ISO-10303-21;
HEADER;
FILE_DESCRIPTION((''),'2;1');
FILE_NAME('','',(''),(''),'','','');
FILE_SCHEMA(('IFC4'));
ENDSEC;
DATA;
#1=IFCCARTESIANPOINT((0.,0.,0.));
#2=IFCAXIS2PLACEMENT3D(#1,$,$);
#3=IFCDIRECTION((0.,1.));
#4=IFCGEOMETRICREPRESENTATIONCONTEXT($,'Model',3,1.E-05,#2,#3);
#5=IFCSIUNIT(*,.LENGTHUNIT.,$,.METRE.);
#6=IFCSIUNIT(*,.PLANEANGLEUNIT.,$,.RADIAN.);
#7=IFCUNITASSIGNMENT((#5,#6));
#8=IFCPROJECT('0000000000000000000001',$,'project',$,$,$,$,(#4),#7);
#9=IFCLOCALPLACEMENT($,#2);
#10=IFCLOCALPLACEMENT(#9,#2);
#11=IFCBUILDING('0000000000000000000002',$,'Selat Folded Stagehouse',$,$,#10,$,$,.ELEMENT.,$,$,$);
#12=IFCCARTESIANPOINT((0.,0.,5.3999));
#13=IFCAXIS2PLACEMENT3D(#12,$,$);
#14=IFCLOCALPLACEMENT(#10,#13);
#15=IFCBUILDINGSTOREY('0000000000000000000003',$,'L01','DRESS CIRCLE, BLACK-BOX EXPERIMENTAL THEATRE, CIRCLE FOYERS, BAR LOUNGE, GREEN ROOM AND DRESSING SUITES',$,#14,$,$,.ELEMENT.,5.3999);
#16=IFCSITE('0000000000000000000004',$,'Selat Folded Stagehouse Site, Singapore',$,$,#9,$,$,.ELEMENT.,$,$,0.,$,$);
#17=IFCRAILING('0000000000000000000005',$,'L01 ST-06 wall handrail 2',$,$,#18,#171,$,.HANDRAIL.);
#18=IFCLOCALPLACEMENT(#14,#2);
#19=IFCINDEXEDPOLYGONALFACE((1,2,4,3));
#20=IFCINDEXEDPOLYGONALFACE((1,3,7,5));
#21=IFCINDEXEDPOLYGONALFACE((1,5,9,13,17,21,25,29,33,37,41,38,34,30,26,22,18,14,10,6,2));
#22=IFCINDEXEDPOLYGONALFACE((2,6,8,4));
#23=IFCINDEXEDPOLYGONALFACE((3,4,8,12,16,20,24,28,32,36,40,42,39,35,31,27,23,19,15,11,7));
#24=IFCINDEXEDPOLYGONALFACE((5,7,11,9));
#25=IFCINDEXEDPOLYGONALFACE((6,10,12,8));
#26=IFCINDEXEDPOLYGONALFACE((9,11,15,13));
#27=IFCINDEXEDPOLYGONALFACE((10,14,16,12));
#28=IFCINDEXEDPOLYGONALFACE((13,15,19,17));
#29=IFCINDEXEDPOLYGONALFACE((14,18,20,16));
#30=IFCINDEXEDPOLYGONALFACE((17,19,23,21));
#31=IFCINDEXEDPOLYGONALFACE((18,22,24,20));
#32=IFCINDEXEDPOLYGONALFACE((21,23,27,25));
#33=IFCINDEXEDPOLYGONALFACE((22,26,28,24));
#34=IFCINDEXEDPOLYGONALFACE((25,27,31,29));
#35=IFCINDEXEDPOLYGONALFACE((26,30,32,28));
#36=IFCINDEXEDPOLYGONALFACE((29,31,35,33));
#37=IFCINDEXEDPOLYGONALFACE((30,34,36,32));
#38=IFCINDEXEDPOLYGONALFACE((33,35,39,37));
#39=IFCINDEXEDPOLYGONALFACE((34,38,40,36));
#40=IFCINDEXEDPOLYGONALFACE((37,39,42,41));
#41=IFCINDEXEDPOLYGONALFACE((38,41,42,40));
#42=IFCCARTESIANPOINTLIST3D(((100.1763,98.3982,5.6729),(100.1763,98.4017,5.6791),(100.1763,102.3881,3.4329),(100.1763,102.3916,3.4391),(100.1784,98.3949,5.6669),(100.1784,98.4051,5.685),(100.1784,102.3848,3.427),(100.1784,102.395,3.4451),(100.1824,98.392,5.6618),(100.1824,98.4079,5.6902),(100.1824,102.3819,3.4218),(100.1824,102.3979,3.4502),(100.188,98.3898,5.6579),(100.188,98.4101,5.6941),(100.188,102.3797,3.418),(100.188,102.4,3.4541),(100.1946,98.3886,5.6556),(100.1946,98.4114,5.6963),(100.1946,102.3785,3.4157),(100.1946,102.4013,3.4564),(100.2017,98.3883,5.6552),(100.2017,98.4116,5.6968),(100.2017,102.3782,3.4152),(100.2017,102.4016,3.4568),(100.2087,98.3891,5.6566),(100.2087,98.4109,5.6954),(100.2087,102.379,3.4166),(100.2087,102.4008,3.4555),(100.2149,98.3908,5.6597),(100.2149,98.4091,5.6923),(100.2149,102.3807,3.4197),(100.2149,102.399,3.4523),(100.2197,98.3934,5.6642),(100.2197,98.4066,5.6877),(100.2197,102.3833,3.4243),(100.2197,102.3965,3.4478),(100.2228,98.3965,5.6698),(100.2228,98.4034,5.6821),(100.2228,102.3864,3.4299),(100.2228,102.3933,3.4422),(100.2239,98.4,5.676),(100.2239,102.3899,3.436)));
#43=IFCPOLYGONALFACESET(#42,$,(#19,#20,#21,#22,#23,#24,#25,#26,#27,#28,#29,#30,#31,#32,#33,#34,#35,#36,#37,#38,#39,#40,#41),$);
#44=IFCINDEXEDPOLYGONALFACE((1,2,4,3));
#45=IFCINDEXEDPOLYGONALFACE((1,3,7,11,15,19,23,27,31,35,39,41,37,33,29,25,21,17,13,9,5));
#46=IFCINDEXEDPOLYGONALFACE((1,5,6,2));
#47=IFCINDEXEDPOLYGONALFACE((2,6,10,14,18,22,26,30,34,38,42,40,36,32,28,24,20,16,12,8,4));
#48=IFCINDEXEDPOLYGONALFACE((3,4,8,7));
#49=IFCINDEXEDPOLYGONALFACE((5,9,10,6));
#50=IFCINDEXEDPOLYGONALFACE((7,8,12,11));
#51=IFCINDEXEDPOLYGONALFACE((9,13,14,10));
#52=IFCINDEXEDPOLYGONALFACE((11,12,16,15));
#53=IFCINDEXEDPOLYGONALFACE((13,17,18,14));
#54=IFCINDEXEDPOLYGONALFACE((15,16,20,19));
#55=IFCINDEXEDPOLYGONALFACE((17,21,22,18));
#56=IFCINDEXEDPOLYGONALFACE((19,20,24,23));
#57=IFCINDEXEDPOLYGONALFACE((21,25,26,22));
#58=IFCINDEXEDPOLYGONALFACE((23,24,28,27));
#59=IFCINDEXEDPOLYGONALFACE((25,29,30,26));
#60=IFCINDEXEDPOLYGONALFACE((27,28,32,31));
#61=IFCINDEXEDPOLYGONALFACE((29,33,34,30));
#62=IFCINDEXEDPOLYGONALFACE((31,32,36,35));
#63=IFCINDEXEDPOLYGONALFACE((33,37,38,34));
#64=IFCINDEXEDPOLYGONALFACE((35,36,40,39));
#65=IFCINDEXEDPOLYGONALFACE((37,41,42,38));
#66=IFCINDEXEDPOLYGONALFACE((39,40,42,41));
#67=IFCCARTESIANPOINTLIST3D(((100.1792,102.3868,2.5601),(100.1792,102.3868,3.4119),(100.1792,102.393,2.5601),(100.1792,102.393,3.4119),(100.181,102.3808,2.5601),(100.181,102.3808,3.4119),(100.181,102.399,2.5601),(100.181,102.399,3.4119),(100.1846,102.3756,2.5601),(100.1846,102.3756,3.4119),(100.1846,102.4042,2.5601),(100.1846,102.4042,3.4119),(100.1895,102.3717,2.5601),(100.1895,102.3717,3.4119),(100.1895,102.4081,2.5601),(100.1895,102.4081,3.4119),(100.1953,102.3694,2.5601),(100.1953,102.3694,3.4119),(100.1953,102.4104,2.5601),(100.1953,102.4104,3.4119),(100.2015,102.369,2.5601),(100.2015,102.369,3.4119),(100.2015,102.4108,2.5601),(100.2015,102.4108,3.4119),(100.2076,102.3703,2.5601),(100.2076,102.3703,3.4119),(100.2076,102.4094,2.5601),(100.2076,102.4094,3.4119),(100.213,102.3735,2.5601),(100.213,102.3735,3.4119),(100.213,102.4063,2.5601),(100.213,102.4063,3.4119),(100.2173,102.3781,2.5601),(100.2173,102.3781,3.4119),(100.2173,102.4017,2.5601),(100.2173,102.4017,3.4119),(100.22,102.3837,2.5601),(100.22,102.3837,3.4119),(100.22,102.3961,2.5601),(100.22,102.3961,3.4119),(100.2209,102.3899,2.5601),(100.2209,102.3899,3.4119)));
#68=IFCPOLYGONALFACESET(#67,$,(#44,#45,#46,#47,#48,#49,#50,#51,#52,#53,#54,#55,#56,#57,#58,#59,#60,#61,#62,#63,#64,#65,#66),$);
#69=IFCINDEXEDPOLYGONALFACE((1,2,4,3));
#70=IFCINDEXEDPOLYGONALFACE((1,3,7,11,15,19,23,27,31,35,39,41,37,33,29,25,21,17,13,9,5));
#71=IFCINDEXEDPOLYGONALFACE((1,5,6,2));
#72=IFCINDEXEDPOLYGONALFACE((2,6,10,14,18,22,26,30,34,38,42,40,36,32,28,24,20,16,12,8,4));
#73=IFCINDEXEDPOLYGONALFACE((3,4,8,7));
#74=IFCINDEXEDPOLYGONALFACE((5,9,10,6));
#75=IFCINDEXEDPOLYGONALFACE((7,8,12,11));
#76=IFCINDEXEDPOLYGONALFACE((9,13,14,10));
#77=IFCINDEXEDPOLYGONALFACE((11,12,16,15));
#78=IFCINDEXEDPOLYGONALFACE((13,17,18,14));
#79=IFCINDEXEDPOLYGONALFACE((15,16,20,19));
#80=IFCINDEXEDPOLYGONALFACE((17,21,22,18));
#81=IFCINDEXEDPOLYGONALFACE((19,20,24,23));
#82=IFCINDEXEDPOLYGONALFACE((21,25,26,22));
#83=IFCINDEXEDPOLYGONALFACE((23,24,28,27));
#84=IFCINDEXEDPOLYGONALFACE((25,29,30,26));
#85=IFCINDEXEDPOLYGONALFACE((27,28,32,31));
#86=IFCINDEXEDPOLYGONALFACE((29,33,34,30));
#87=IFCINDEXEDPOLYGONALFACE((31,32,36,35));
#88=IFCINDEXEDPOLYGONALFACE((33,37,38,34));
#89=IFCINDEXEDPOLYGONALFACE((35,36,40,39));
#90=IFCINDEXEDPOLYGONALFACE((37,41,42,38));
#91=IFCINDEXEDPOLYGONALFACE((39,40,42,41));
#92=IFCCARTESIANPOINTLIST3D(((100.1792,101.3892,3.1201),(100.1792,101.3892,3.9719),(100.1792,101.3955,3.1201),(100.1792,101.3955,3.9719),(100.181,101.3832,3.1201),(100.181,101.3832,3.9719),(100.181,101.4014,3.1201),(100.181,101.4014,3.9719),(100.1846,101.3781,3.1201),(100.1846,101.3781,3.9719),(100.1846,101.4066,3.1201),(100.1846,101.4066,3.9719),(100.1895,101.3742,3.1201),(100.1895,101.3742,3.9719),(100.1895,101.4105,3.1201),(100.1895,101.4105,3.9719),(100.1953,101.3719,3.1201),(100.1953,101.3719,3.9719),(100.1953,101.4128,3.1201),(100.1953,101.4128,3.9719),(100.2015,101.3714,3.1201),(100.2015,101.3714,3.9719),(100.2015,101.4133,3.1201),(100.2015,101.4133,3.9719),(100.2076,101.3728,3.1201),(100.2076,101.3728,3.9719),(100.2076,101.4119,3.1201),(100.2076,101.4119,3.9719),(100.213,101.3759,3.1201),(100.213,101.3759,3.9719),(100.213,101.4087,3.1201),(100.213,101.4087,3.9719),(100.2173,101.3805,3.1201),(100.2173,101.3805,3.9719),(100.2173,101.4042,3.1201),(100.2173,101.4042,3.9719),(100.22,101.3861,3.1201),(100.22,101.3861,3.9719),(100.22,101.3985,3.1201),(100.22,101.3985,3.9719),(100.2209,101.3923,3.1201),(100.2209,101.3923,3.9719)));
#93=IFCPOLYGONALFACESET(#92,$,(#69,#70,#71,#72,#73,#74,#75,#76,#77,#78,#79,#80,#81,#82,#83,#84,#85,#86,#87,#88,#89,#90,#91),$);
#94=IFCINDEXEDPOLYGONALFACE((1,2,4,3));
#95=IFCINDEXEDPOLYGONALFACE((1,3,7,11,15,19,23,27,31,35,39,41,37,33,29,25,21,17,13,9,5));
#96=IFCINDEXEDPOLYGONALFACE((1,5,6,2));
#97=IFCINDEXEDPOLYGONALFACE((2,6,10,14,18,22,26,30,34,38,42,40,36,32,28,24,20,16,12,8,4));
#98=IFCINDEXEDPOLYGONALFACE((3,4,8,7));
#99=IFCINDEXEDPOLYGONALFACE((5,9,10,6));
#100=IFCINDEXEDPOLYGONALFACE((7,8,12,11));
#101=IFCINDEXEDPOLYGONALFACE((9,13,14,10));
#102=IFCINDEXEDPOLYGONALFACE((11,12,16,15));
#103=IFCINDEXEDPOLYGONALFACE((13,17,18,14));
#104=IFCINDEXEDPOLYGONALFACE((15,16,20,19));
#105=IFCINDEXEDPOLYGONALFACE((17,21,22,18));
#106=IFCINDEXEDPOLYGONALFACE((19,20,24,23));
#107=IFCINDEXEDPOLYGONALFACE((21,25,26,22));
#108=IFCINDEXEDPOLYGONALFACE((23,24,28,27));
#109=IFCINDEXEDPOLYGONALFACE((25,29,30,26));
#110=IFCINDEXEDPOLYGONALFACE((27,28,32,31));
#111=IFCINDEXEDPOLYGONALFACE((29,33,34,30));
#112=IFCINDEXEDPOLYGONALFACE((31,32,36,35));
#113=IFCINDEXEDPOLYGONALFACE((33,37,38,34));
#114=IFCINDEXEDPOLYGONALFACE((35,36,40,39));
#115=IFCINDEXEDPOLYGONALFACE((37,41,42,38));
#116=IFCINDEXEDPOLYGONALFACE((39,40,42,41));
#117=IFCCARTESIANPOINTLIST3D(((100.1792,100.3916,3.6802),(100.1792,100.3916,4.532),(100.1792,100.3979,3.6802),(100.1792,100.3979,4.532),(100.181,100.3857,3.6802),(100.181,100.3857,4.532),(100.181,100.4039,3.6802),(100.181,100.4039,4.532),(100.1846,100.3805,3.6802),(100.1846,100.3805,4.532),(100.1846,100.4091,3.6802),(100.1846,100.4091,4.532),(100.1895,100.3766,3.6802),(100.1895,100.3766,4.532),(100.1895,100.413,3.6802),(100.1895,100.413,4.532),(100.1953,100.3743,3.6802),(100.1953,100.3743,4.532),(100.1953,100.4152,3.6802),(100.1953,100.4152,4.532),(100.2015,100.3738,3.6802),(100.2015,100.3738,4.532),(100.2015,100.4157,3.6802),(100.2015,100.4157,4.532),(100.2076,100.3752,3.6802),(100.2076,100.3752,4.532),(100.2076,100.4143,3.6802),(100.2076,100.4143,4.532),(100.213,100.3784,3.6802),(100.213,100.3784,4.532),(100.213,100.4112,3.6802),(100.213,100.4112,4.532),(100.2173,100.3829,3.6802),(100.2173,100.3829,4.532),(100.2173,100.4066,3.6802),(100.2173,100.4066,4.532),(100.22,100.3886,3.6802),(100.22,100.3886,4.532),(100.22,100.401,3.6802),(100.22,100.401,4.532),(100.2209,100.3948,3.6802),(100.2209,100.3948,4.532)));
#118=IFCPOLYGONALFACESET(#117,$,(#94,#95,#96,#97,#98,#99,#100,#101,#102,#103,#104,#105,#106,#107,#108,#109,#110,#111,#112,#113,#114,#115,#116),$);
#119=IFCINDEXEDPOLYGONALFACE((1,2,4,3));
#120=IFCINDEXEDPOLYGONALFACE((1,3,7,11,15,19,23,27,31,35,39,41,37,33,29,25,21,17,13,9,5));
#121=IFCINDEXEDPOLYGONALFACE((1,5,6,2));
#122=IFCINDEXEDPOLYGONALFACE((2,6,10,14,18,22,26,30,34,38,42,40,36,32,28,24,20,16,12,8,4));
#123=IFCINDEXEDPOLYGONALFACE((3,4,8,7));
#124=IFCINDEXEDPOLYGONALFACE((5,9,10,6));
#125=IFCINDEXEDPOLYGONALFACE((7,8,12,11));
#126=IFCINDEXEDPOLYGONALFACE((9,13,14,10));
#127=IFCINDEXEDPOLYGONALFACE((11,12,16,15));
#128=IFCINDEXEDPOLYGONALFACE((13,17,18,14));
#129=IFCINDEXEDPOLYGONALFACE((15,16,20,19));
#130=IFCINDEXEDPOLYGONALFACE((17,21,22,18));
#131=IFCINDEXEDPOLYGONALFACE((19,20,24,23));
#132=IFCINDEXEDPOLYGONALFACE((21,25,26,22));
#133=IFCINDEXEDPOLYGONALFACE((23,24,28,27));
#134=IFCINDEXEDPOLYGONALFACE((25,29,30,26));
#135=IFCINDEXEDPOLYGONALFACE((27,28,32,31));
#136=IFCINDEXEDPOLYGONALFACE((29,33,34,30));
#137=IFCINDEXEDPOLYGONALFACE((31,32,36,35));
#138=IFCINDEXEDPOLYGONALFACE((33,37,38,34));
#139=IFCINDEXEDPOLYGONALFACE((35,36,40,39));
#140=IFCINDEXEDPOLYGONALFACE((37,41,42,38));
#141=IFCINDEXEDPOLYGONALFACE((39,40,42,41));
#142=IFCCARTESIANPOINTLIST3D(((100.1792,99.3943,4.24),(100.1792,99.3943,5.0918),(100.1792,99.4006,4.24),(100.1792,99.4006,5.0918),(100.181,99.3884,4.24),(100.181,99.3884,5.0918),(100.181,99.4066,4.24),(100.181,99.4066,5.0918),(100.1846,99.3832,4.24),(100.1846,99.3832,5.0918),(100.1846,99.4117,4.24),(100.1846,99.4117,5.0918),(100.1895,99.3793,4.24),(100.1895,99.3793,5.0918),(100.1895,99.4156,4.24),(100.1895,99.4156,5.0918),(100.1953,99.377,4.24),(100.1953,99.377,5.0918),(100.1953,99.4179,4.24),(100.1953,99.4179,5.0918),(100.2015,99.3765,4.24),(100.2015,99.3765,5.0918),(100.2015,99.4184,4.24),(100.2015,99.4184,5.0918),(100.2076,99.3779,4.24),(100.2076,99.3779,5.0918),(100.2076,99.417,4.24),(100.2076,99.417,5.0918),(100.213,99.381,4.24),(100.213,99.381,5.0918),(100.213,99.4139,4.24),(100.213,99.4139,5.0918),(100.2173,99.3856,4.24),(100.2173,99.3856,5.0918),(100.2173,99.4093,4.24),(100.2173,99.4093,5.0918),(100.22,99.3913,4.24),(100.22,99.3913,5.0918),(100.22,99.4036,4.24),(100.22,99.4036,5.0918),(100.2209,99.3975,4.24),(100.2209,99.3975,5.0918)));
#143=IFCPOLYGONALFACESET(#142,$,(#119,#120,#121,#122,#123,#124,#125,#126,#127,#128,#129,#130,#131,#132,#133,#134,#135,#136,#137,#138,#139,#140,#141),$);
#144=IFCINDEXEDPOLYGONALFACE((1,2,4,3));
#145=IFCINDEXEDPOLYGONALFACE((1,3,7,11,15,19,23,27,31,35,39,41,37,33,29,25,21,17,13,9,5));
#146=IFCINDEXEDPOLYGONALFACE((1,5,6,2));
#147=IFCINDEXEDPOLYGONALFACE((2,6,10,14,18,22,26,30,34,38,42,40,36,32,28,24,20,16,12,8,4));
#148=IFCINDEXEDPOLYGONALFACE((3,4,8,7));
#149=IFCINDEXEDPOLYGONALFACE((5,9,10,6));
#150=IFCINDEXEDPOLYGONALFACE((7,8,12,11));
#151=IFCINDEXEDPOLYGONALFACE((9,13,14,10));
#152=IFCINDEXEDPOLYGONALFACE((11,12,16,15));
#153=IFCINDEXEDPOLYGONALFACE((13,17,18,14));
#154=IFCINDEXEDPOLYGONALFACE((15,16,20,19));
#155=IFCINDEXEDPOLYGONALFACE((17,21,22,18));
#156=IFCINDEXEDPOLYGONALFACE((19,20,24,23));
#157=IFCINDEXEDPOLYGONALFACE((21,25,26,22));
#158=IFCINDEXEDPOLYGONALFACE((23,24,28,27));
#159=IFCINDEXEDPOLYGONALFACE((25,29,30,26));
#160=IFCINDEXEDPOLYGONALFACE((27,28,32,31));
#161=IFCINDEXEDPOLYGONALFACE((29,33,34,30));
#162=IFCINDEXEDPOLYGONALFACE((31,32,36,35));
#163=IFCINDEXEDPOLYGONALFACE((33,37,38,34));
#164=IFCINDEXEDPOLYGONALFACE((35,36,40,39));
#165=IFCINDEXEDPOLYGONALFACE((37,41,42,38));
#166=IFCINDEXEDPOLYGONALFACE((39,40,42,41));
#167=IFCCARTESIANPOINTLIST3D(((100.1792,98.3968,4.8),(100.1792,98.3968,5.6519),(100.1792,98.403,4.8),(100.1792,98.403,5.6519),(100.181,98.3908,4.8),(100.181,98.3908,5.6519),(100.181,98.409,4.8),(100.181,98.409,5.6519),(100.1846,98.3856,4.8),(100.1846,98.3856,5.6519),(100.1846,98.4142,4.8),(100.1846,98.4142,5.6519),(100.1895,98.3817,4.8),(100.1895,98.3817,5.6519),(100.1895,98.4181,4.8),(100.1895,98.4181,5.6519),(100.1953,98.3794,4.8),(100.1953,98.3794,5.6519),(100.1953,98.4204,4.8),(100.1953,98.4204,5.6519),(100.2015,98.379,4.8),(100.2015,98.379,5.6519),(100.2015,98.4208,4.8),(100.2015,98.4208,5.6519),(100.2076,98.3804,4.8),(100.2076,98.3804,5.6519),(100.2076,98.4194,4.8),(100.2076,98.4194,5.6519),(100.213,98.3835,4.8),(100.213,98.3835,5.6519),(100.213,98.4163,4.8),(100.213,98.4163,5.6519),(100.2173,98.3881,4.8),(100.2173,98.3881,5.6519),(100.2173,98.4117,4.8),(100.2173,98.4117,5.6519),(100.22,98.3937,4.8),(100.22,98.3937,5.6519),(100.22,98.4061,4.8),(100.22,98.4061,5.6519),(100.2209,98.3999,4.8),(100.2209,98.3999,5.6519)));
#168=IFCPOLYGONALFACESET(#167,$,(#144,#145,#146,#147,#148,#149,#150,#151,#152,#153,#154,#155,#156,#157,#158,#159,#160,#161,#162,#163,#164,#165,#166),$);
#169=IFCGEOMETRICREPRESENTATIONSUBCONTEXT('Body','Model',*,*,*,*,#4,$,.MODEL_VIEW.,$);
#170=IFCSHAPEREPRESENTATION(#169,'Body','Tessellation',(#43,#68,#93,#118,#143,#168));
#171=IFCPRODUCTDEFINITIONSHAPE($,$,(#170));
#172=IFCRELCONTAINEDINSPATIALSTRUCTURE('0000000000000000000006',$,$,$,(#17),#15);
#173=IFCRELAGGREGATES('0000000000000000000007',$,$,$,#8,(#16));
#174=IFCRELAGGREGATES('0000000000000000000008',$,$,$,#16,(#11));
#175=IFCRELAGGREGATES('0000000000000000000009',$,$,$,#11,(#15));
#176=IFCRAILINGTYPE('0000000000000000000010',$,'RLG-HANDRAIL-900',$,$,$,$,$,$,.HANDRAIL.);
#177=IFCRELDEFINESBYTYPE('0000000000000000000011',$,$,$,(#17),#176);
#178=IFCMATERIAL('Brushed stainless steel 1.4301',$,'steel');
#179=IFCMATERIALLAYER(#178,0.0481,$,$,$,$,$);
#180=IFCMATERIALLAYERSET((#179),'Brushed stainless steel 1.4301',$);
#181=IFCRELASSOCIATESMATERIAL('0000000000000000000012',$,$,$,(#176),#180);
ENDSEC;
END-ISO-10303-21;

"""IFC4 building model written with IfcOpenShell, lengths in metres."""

from ifc_helpers import new_model, si_unit, direction, frame, origin, origin_2d, place, context, subcontext, project, spatial, circle, extrude, material, layer, layer_set, type_object, element, save


model = new_model("IFC4")

# Units and contexts
model_context = context("Model", 3, precision=1e-05, world=origin(), true_north=direction((0.0, 1.0)))
body_context = subcontext(model_context, "Body", "Model", "MODEL_VIEW")
ifc_project = project(units=[si_unit("LENGTHUNIT", "METRE"), si_unit("PLANEANGLEUNIT", "RADIAN")], contexts=[model_context])

# Site, building, storey
site_placement = place(None, origin())
site = spatial("IfcSite", under=ifc_project, at=site_placement, Name="Selat Folded Stagehouse Site, Singapore", CompositionType="ELEMENT", RefElevation=0.0)
building_placement = place(site_placement, origin())
building = spatial("IfcBuilding", under=site, at=building_placement, Name="Selat Folded Stagehouse", CompositionType="ELEMENT")
storey_placement = place(building_placement, frame((0.0, 0.0, 5.3999)))
storey = spatial("IfcBuildingStorey", under=building, at=storey_placement, Name="L01", Description="DRESS CIRCLE, BLACK-BOX EXPERIMENTAL THEATRE, CIRCLE FOYERS, BAR LOUNGE, GREEN ROOM AND DRESSING SUITES", CompositionType="ELEMENT", Elevation=5.3999)

# Railing
ifc_material_1 = material(Name="Brushed stainless steel 1.4301", Category="steel")
ifc_layer_1 = layer(ifc_material_1, 0.0481)
ifc_layer_set_1 = layer_set([ifc_layer_1], Name="Brushed stainless steel 1.4301")
railing_type_1 = type_object("IfcRailingType", Name="RLG-HANDRAIL-900", PredefinedType="HANDRAIL", material=ifc_layer_set_1)
railing_1_placement = place(storey_placement, frame((100.2, 102.3899, 2.5601)))
element("IfcRailing", 1, at=railing_1_placement, inside=storey, type_object=railing_type_1, Name="L01 ST-06 wall handrail 2", PredefinedType="HANDRAIL", context=body_context, shape_type="SweptSolid", body=[
    extrude(circle(Radius=0.0239, at=origin_2d()), frame((0.0, 0.0, 0.876), z_axis=(0.0, -0.871984, 0.489534), x_axis=(1.0, 0.0, 0.0)), (0.0, 0.0, 1.0), 4.5757),
    extrude(circle(Radius=0.021, at=origin_2d()), origin(), (0.0, 0.0, 1.0), 0.8518),
    extrude(circle(Radius=0.021, at=origin_2d()), frame((0.0, -0.9976, 0.5601)), (0.0, 0.0, 1.0), 0.8518),
    extrude(circle(Radius=0.021, at=origin_2d()), frame((0.0, -1.9951, 1.1201)), (0.0, 0.0, 1.0), 0.8518),
    extrude(circle(Radius=0.021, at=origin_2d()), frame((0.0, -2.9924, 1.6799)), (0.0, 0.0, 1.0), 0.8518),
    extrude(circle(Radius=0.021, at=origin_2d()), frame((0.0, -3.99, 2.24)), (0.0, 0.0, 1.0), 0.8518),
])

save(model, "model.ifc")
